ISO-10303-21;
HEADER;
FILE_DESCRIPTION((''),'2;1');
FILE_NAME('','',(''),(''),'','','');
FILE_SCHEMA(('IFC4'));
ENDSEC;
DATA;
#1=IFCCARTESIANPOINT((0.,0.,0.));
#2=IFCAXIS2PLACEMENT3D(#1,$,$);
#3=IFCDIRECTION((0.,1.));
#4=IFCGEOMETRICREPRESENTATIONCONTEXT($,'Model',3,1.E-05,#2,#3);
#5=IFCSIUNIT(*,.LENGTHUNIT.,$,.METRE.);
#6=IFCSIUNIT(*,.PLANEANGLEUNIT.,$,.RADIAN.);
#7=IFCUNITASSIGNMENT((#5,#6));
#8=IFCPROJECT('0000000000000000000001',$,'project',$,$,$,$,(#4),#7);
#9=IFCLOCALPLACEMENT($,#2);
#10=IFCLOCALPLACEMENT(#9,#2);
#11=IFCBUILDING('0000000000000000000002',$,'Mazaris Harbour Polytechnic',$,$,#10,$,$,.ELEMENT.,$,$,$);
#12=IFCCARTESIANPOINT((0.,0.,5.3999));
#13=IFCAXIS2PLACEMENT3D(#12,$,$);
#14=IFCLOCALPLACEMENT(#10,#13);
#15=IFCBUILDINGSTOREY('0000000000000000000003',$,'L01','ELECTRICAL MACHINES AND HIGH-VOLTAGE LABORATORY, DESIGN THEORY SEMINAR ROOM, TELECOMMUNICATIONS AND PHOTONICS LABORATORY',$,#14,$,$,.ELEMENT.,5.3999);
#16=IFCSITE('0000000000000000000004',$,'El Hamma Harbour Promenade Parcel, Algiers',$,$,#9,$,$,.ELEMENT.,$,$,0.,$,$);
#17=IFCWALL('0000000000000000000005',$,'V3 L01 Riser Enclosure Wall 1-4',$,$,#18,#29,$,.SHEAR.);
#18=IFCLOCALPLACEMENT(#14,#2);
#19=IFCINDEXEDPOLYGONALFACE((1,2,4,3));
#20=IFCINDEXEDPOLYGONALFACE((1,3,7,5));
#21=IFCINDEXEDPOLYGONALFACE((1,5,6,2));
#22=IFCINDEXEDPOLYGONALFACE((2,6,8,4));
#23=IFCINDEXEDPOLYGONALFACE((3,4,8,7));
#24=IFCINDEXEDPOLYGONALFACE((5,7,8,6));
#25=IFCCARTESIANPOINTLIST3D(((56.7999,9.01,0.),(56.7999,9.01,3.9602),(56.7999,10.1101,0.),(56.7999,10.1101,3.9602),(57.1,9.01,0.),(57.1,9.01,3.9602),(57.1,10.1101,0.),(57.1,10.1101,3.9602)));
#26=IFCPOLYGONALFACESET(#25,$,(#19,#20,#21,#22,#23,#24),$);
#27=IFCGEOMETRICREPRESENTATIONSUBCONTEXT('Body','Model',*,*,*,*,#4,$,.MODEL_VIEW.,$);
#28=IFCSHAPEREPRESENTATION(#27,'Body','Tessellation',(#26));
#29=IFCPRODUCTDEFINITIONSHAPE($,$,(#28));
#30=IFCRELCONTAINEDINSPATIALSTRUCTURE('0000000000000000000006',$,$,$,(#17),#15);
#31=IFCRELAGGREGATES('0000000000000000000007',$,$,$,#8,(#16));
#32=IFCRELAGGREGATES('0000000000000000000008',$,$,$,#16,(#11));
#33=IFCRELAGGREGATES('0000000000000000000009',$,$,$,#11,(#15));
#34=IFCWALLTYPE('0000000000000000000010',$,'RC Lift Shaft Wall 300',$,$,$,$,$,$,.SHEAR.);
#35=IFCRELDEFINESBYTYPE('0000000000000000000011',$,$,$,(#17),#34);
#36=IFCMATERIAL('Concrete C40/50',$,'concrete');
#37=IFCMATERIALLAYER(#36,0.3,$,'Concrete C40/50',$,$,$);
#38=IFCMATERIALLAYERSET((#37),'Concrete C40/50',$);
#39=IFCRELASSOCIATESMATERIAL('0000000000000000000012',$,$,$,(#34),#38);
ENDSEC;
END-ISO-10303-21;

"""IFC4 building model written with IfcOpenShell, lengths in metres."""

from ifc_helpers import new_model, si_unit, direction, frame, frame_2d, origin, place, context, subcontext, project, spatial, rectangle, extrude, material, layer, layer_set, type_object, element, save


model = new_model("IFC4")

# Units and contexts
model_context = context("Model", 3, precision=1e-05, world=origin(), true_north=direction((0.0, 1.0)))
body_context = subcontext(model_context, "Body", "Model", "MODEL_VIEW")
ifc_project = project(units=[si_unit("LENGTHUNIT", "METRE"), si_unit("PLANEANGLEUNIT", "RADIAN")], contexts=[model_context])

# Site, building, storey
site_placement = place(None, origin())
site = spatial("IfcSite", under=ifc_project, at=site_placement, Name="El Hamma Harbour Promenade Parcel, Algiers", CompositionType="ELEMENT", RefElevation=0.0)
building_placement = place(site_placement, origin())
building = spatial("IfcBuilding", under=site, at=building_placement, Name="Mazaris Harbour Polytechnic", CompositionType="ELEMENT")
storey_placement = place(building_placement, frame((0.0, 0.0, 5.3999)))
storey = spatial("IfcBuildingStorey", under=building, at=storey_placement, Name="L01", Description="ELECTRICAL MACHINES AND HIGH-VOLTAGE LABORATORY, DESIGN THEORY SEMINAR ROOM, TELECOMMUNICATIONS AND PHOTONICS LABORATORY", CompositionType="ELEMENT", Elevation=5.3999)

# Wall
ifc_material_1 = material(Name="Concrete C40/50", Category="concrete")
ifc_layer_1 = layer(ifc_material_1, 0.3, Name="Concrete C40/50")
ifc_layer_set_1 = layer_set([ifc_layer_1], Name="Concrete C40/50")
wall_type = type_object("IfcWallType", Name="RC Lift Shaft Wall 300", PredefinedType="SHEAR", material=ifc_layer_set_1)
wall_1_placement = place(storey_placement, frame((56.95, 10.1101, 0.0), z_axis=(0.0, 0.0, 1.0), x_axis=(0.0, -1.0, 0.0)))
element("IfcWall", 1, at=wall_1_placement, inside=storey, type_object=wall_type, Name="V3 L01 Riser Enclosure Wall 1-4", PredefinedType="SHEAR", context=body_context, shape_type="SweptSolid", body=[
    extrude(rectangle(XDim=1.1001, YDim=0.3, at=frame_2d((0.55, 0.0))), origin(), (0.0, 0.0, 1.0), 3.9602),
])

save(model, "model.ifc")
